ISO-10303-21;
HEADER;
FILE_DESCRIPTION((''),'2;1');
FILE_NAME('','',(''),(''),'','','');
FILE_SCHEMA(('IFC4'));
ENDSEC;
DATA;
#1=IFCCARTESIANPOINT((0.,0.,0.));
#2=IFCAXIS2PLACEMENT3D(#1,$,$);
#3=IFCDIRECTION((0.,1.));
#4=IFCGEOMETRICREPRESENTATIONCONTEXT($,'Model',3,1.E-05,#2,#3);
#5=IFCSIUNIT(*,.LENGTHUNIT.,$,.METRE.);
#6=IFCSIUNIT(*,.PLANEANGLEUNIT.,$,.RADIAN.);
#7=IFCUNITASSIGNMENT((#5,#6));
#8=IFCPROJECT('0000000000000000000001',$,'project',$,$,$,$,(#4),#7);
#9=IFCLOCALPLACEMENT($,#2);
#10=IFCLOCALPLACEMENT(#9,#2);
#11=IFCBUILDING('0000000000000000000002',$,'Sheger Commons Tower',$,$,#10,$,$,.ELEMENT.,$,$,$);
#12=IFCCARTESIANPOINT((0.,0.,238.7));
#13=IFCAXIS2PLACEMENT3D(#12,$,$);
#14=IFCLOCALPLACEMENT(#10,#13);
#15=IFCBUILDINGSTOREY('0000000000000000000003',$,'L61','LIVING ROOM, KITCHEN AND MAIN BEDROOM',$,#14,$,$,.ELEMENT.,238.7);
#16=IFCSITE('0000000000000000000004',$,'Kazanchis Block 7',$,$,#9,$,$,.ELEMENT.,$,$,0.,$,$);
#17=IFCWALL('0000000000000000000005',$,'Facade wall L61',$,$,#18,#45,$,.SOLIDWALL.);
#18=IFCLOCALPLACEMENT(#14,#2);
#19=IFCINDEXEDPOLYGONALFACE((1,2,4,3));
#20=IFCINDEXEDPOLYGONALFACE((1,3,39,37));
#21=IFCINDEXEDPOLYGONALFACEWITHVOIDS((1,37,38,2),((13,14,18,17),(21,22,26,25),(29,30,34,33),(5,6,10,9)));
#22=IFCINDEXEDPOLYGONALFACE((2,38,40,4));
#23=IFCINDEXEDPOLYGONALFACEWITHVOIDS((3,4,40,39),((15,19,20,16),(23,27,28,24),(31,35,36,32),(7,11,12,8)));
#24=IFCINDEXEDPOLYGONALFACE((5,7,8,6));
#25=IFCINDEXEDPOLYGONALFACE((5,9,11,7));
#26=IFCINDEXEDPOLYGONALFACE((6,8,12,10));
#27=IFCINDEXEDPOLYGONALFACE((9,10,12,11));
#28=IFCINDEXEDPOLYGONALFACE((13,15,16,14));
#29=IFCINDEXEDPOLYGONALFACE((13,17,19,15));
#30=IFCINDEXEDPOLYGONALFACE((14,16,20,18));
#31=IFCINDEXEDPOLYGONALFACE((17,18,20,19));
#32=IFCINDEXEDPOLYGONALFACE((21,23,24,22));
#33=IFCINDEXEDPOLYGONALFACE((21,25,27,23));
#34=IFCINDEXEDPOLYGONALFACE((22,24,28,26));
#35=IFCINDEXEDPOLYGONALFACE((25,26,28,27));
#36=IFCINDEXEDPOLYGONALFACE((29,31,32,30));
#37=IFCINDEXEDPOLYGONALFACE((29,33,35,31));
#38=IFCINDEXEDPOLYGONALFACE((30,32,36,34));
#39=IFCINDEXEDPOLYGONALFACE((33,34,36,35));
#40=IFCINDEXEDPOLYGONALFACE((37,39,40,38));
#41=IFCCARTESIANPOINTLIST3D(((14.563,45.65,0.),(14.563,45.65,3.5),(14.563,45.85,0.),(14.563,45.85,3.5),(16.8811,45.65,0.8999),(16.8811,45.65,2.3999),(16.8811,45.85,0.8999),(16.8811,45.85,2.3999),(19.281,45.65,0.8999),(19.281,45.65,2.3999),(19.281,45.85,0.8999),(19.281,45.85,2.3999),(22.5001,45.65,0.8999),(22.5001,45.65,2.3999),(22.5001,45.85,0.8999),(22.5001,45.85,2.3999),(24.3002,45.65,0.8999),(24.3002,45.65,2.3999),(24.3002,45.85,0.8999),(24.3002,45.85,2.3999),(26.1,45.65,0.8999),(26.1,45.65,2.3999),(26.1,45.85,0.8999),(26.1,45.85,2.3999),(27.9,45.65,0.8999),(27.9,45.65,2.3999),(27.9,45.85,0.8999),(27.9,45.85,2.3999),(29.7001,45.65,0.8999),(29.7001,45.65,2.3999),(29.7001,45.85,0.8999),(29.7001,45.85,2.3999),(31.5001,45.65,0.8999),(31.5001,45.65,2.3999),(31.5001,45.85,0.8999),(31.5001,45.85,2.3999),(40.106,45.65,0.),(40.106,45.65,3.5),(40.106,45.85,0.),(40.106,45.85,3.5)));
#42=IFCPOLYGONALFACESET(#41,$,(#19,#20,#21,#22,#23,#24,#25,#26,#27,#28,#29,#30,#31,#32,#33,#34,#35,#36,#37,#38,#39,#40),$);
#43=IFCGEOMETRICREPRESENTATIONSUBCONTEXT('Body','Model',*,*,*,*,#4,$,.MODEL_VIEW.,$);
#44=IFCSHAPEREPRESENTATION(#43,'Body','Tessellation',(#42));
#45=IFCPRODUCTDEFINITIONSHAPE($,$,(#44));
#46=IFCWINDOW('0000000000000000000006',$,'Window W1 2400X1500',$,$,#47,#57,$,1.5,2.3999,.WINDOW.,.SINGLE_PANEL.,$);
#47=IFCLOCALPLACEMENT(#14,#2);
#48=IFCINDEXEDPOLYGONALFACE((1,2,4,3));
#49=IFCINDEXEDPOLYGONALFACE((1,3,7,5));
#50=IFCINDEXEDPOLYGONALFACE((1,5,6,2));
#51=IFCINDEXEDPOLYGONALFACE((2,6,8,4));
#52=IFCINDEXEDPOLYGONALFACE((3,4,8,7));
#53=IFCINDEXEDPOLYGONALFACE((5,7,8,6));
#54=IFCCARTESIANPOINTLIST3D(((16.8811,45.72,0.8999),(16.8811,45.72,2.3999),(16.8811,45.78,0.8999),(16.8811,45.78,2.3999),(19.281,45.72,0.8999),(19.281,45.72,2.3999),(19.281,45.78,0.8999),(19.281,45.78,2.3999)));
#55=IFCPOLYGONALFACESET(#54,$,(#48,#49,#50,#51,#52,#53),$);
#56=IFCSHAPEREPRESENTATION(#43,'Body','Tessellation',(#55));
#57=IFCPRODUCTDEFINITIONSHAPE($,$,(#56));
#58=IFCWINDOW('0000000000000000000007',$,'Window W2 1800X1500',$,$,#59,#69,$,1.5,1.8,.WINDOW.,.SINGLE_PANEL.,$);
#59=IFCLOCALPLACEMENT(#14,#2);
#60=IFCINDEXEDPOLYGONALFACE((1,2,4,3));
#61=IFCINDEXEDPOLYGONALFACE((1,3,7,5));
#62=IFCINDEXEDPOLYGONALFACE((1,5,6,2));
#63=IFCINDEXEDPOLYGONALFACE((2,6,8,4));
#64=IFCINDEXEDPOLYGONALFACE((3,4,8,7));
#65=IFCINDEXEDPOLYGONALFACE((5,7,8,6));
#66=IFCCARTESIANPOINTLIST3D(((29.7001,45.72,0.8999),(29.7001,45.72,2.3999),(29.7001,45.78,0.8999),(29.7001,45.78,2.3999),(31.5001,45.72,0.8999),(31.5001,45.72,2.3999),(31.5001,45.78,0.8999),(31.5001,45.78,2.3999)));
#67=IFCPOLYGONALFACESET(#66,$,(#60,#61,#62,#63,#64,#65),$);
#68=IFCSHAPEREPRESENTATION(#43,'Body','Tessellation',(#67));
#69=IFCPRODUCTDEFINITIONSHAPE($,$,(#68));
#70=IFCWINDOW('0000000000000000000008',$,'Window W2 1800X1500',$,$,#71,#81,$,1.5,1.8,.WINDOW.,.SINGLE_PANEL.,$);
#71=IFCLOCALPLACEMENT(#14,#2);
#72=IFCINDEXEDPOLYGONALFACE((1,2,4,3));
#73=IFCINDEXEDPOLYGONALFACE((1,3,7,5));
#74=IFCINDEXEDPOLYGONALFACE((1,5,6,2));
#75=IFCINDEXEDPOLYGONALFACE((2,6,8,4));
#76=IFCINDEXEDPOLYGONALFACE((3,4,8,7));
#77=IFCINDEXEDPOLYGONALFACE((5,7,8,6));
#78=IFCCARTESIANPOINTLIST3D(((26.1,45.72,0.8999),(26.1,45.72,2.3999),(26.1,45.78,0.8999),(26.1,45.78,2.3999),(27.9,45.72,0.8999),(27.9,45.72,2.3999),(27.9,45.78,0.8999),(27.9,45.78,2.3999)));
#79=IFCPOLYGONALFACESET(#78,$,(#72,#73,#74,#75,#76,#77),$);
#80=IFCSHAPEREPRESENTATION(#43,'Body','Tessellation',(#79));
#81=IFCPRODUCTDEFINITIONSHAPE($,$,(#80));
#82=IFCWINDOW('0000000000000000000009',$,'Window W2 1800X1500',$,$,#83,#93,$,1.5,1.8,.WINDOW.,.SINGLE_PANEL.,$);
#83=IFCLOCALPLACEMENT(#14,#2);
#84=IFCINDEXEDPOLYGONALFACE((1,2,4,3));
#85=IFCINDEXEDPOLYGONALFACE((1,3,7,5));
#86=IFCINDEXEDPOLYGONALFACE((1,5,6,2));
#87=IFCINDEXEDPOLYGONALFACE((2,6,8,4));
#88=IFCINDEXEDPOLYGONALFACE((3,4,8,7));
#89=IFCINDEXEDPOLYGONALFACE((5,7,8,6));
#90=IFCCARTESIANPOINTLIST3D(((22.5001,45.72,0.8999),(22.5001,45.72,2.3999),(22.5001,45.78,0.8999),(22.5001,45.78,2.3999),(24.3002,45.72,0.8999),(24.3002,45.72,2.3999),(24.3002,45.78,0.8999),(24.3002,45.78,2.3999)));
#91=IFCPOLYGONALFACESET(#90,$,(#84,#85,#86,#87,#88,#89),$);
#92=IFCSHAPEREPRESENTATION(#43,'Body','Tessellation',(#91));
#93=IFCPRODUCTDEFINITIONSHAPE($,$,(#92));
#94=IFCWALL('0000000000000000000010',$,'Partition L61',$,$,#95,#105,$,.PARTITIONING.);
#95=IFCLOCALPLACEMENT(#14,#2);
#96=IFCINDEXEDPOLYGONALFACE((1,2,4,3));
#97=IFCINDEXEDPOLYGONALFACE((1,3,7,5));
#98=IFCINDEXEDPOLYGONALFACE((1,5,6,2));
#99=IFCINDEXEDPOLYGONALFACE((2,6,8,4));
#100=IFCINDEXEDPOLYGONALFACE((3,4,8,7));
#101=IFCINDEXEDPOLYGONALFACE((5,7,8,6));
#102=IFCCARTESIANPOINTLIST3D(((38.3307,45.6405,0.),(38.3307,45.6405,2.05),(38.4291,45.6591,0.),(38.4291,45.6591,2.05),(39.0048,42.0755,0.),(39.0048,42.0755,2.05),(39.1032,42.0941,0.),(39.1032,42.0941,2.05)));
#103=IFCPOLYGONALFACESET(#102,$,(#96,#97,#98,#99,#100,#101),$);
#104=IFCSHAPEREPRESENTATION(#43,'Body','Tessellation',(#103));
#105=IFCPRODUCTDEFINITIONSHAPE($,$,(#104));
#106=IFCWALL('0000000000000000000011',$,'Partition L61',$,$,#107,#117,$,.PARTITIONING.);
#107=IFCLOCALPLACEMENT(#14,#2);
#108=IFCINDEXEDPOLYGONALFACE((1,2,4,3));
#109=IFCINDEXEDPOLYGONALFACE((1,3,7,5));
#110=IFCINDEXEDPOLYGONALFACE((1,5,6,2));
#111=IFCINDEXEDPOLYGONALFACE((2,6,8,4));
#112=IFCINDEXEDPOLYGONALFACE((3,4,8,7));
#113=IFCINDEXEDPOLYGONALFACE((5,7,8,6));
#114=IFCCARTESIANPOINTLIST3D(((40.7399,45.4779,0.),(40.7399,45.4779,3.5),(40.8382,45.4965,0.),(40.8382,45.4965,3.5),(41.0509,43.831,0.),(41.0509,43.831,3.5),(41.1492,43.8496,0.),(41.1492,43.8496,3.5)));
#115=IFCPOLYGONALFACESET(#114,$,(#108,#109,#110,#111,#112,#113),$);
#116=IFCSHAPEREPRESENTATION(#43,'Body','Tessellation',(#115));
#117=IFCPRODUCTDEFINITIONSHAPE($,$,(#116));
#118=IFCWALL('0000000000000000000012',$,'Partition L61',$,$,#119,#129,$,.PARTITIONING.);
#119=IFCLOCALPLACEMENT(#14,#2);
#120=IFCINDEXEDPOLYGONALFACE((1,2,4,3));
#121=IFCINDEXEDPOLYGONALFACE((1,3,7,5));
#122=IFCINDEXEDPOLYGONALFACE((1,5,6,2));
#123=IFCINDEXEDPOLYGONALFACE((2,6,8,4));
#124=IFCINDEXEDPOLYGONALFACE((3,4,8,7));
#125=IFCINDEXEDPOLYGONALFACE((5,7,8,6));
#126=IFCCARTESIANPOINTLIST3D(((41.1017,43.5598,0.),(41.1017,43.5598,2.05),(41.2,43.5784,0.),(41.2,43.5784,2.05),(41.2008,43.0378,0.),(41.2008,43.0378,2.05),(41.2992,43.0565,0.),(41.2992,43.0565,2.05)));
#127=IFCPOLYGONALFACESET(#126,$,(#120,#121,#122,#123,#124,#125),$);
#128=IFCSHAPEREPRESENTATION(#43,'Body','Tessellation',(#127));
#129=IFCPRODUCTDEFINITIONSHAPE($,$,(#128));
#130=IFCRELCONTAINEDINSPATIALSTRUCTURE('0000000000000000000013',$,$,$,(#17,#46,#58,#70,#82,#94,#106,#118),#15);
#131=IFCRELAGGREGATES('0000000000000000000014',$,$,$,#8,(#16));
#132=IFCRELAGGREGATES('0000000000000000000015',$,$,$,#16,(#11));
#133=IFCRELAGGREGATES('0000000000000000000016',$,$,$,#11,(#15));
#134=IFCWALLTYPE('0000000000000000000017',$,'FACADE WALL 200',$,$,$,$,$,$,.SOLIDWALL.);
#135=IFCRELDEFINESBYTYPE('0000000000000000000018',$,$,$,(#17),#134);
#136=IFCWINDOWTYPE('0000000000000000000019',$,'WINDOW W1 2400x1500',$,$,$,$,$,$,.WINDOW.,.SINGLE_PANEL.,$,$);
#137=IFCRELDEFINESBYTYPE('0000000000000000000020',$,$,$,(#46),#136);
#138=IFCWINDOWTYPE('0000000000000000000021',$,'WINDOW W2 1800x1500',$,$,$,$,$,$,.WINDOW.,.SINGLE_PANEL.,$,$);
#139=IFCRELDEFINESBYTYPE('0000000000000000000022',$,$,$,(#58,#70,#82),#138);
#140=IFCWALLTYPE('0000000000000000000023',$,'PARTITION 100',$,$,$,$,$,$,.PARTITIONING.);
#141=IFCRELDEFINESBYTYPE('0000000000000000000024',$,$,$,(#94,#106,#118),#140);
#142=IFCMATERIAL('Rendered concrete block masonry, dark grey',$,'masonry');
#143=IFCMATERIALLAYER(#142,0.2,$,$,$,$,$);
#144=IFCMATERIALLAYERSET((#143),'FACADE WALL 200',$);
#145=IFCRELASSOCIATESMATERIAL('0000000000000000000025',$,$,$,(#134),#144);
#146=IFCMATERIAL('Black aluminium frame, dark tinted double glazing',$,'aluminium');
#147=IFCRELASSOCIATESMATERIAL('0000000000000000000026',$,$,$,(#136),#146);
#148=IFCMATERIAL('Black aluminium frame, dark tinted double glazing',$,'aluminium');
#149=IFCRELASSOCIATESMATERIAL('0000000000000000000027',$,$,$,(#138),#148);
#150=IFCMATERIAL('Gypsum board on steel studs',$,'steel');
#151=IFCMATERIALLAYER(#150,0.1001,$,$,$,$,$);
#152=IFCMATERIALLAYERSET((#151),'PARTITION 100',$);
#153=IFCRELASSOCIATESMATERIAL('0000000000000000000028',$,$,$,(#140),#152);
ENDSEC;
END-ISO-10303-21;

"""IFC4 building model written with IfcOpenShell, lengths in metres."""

from ifc_helpers import new_model, si_unit, direction, frame, frame_2d, origin, place, context, subcontext, project, spatial, rectangle, extrude, material, layer, layer_set, type_object, element, fill, save


model = new_model("IFC4")

# Units and contexts
model_context = context("Model", 3, precision=1e-05, world=origin(), true_north=direction((0.0, 1.0)))
body_context = subcontext(model_context, "Body", "Model", "MODEL_VIEW")
ifc_project = project(units=[si_unit("LENGTHUNIT", "METRE"), si_unit("PLANEANGLEUNIT", "RADIAN")], contexts=[model_context])

# Site, building, storey
site_placement = place(None, origin())
site = spatial("IfcSite", under=ifc_project, at=site_placement, Name="Kazanchis Block 7", CompositionType="ELEMENT", RefElevation=0.0)
building_placement = place(site_placement, origin())
building = spatial("IfcBuilding", under=site, at=building_placement, Name="Sheger Commons Tower", CompositionType="ELEMENT")
storey_placement = place(building_placement, frame((0.0, 0.0, 238.7)))
storey = spatial("IfcBuildingStorey", under=building, at=storey_placement, Name="L61", Description="LIVING ROOM, KITCHEN AND MAIN BEDROOM", CompositionType="ELEMENT", Elevation=238.7)

# Shared definitions
ifc_material_1 = material(Name="Rendered concrete block masonry, dark grey", Category="masonry")
ifc_layer_1 = layer(ifc_material_1, 0.2)
ifc_layer_set_1 = layer_set([ifc_layer_1], Name="FACADE WALL 200")
wall_type_1 = type_object("IfcWallType", Name="FACADE WALL 200", PredefinedType="SOLIDWALL", material=ifc_layer_set_1)

# Wall, openings, windows
wall_1_placement = place(storey_placement, frame((40.106, 45.75, 0.0), z_axis=(0.0, 0.0, 1.0), x_axis=(-1.0, 0.0, 0.0)))
wall_1 = element("IfcWall", 1, at=wall_1_placement, inside=storey, type_object=wall_type_1, Name="Facade wall L61", PredefinedType="SOLIDWALL", context=body_context, shape_type="SweptSolid", body=[
    extrude(rectangle(XDim=25.543, YDim=0.2, at=frame_2d((12.7715, 0.0))), origin(), (0.0, 0.0, 1.0), 3.5),
])
opening_1_placement = place(wall_1_placement, frame((8.606, 0.0, 0.8999)))
opening_1 = element("IfcOpeningElement", 2, at=opening_1_placement, cuts=wall_1, PredefinedType="OPENING", context=body_context, shape_type="SweptSolid", body=[
    extrude(rectangle(XDim=1.8, YDim=1.5, at=frame_2d((0.8999, 0.75))), frame((0.0, 0.1099, 0.0), z_axis=(0.0, -1.0, 0.0), x_axis=(1.0, 0.0, 0.0)), (0.0, 0.0, 1.0), 0.22),
])
opening_2_placement = place(wall_1_placement, frame((12.2061, 0.0, 0.8999)))
opening_2 = element("IfcOpeningElement", 3, at=opening_2_placement, cuts=wall_1, PredefinedType="OPENING", context=body_context, shape_type="SweptSolid", body=[
    extrude(rectangle(XDim=1.8, YDim=1.5, at=frame_2d((0.8999, 0.75))), frame((0.0, 0.1099, 0.0), z_axis=(0.0, -1.0, 0.0), x_axis=(1.0, 0.0, 0.0)), (0.0, 0.0, 1.0), 0.22),
])
opening_3_placement = place(wall_1_placement, frame((15.8059, 0.0, 0.8999)))
opening_3 = element("IfcOpeningElement", 4, at=opening_3_placement, cuts=wall_1, PredefinedType="OPENING", context=body_context, shape_type="SweptSolid", body=[
    extrude(rectangle(XDim=1.8, YDim=1.5, at=frame_2d((0.8999, 0.75))), frame((0.0, 0.1099, 0.0), z_axis=(0.0, -1.0, 0.0), x_axis=(1.0, 0.0, 0.0)), (0.0, 0.0, 1.0), 0.22),
])
opening_4_placement = place(wall_1_placement, frame((20.825, 0.0, 0.8999)))
opening_4 = element("IfcOpeningElement", 5, at=opening_4_placement, cuts=wall_1, PredefinedType="OPENING", context=body_context, shape_type="SweptSolid", body=[
    extrude(rectangle(XDim=2.3999, YDim=1.5, at=frame_2d((1.2, 0.75))), frame((0.0, 0.1099, 0.0), z_axis=(0.0, -1.0, 0.0), x_axis=(1.0, 0.0, 0.0)), (0.0, 0.0, 1.0), 0.22),
])
ifc_material_2 = material(Name="Black aluminium frame, dark tinted double glazing", Category="aluminium")
window_type_1 = type_object("IfcWindowType", Name="WINDOW W1 2400x1500", PartitioningType="SINGLE_PANEL", PredefinedType="WINDOW", material=ifc_material_2)
window_1_placement = place(opening_4_placement, origin())
window_1 = element("IfcWindow", 6, at=window_1_placement, inside=storey, type_object=window_type_1, Name="Window W1 2400X1500", OverallHeight=1.5, OverallWidth=2.3999, PartitioningType="SINGLE_PANEL", PredefinedType="WINDOW", context=body_context, shape_type="SweptSolid", body=[
    extrude(rectangle(XDim=2.3999, YDim=1.5, at=frame_2d((1.2, 0.75))), frame((0.0, 0.03, 0.0), z_axis=(0.0, -1.0, 0.0), x_axis=(1.0, 0.0, 0.0)), (0.0, 0.0, 1.0), 0.0601),
])
fill(opening_4, window_1)
ifc_material_3 = material(Name="Black aluminium frame, dark tinted double glazing", Category="aluminium")
window_type_2 = type_object("IfcWindowType", Name="WINDOW W2 1800x1500", PartitioningType="SINGLE_PANEL", PredefinedType="WINDOW", material=ifc_material_3)
window_2_placement = place(opening_1_placement, origin())
window_2 = element("IfcWindow", 7, at=window_2_placement, inside=storey, type_object=window_type_2, Name="Window W2 1800X1500", OverallHeight=1.5, OverallWidth=1.8, PartitioningType="SINGLE_PANEL", PredefinedType="WINDOW", context=body_context, shape_type="SweptSolid", body=[
    extrude(rectangle(XDim=1.8, YDim=1.5, at=frame_2d((0.8999, 0.75))), frame((0.0, 0.03, 0.0), z_axis=(0.0, -1.0, 0.0), x_axis=(1.0, 0.0, 0.0)), (0.0, 0.0, 1.0), 0.0601),
])
fill(opening_1, window_2)
window_3_placement = place(opening_2_placement, origin())
window_3 = element("IfcWindow", 8, at=window_3_placement, inside=storey, type_object=window_type_2, Name="Window W2 1800X1500", OverallHeight=1.5, OverallWidth=1.8, PartitioningType="SINGLE_PANEL", PredefinedType="WINDOW", context=body_context, shape_type="SweptSolid", body=[
    extrude(rectangle(XDim=1.8, YDim=1.5, at=frame_2d((0.8999, 0.75))), frame((0.0, 0.03, 0.0), z_axis=(0.0, -1.0, 0.0), x_axis=(1.0, 0.0, 0.0)), (0.0, 0.0, 1.0), 0.0601),
])
fill(opening_2, window_3)
window_4_placement = place(opening_3_placement, origin())
window_4 = element("IfcWindow", 9, at=window_4_placement, inside=storey, type_object=window_type_2, Name="Window W2 1800X1500", OverallHeight=1.5, OverallWidth=1.8, PartitioningType="SINGLE_PANEL", PredefinedType="WINDOW", context=body_context, shape_type="SweptSolid", body=[
    extrude(rectangle(XDim=1.8, YDim=1.5, at=frame_2d((0.8999, 0.75))), frame((0.0, 0.03, 0.0), z_axis=(0.0, -1.0, 0.0), x_axis=(1.0, 0.0, 0.0)), (0.0, 0.0, 1.0), 0.0601),
])
fill(opening_3, window_4)

# Walls
ifc_material_4 = material(Name="Gypsum board on steel studs", Category="steel")
ifc_layer_2 = layer(ifc_material_4, 0.1001)
ifc_layer_set_2 = layer_set([ifc_layer_2], Name="PARTITION 100")
wall_type_2 = type_object("IfcWallType", Name="PARTITION 100", PredefinedType="PARTITIONING", material=ifc_layer_set_2)
wall_2_placement = place(storey_placement, frame((39.054, 42.085, 0.0), z_axis=(0.0, 0.0, 1.0), x_axis=(-0.185792, 0.982589, 0.0)))
element("IfcWall", 10, at=wall_2_placement, inside=storey, type_object=wall_type_2, Name="Partition L61", PredefinedType="PARTITIONING", context=body_context, shape_type="SweptSolid", body=[
    extrude(rectangle(XDim=3.6282, YDim=0.1001, at=frame_2d((1.814, 0.0))), origin(), (0.0, 0.0, 1.0), 2.05),
])
wall_3_placement = place(storey_placement, frame((40.7891, 45.4871, 0.0), z_axis=(0.0, 0.0, 1.0), x_axis=(0.185572, -0.982631, 0.0)))
element("IfcWall", 11, at=wall_3_placement, inside=storey, type_object=wall_type_2, Name="Partition L61", PredefinedType="PARTITIONING", context=body_context, shape_type="SweptSolid", body=[
    extrude(rectangle(XDim=1.676, YDim=0.1001, at=frame_2d((0.8379, 0.0))), origin(), (0.0, 0.0, 1.0), 3.5),
])
wall_4_placement = place(storey_placement, frame((41.1509, 43.5691, 0.0), z_axis=(0.0, 0.0, 1.0), x_axis=(0.186563, -0.982443, 0.0)))
element("IfcWall", 12, at=wall_4_placement, inside=storey, type_object=wall_type_2, Name="Partition L61", PredefinedType="PARTITIONING", context=body_context, shape_type="SweptSolid", body=[
    extrude(rectangle(XDim=0.5312, YDim=0.1001, at=frame_2d((0.2656, 0.0))), origin(), (0.0, 0.0, 1.0), 2.05),
])

save(model, "model.ifc")
